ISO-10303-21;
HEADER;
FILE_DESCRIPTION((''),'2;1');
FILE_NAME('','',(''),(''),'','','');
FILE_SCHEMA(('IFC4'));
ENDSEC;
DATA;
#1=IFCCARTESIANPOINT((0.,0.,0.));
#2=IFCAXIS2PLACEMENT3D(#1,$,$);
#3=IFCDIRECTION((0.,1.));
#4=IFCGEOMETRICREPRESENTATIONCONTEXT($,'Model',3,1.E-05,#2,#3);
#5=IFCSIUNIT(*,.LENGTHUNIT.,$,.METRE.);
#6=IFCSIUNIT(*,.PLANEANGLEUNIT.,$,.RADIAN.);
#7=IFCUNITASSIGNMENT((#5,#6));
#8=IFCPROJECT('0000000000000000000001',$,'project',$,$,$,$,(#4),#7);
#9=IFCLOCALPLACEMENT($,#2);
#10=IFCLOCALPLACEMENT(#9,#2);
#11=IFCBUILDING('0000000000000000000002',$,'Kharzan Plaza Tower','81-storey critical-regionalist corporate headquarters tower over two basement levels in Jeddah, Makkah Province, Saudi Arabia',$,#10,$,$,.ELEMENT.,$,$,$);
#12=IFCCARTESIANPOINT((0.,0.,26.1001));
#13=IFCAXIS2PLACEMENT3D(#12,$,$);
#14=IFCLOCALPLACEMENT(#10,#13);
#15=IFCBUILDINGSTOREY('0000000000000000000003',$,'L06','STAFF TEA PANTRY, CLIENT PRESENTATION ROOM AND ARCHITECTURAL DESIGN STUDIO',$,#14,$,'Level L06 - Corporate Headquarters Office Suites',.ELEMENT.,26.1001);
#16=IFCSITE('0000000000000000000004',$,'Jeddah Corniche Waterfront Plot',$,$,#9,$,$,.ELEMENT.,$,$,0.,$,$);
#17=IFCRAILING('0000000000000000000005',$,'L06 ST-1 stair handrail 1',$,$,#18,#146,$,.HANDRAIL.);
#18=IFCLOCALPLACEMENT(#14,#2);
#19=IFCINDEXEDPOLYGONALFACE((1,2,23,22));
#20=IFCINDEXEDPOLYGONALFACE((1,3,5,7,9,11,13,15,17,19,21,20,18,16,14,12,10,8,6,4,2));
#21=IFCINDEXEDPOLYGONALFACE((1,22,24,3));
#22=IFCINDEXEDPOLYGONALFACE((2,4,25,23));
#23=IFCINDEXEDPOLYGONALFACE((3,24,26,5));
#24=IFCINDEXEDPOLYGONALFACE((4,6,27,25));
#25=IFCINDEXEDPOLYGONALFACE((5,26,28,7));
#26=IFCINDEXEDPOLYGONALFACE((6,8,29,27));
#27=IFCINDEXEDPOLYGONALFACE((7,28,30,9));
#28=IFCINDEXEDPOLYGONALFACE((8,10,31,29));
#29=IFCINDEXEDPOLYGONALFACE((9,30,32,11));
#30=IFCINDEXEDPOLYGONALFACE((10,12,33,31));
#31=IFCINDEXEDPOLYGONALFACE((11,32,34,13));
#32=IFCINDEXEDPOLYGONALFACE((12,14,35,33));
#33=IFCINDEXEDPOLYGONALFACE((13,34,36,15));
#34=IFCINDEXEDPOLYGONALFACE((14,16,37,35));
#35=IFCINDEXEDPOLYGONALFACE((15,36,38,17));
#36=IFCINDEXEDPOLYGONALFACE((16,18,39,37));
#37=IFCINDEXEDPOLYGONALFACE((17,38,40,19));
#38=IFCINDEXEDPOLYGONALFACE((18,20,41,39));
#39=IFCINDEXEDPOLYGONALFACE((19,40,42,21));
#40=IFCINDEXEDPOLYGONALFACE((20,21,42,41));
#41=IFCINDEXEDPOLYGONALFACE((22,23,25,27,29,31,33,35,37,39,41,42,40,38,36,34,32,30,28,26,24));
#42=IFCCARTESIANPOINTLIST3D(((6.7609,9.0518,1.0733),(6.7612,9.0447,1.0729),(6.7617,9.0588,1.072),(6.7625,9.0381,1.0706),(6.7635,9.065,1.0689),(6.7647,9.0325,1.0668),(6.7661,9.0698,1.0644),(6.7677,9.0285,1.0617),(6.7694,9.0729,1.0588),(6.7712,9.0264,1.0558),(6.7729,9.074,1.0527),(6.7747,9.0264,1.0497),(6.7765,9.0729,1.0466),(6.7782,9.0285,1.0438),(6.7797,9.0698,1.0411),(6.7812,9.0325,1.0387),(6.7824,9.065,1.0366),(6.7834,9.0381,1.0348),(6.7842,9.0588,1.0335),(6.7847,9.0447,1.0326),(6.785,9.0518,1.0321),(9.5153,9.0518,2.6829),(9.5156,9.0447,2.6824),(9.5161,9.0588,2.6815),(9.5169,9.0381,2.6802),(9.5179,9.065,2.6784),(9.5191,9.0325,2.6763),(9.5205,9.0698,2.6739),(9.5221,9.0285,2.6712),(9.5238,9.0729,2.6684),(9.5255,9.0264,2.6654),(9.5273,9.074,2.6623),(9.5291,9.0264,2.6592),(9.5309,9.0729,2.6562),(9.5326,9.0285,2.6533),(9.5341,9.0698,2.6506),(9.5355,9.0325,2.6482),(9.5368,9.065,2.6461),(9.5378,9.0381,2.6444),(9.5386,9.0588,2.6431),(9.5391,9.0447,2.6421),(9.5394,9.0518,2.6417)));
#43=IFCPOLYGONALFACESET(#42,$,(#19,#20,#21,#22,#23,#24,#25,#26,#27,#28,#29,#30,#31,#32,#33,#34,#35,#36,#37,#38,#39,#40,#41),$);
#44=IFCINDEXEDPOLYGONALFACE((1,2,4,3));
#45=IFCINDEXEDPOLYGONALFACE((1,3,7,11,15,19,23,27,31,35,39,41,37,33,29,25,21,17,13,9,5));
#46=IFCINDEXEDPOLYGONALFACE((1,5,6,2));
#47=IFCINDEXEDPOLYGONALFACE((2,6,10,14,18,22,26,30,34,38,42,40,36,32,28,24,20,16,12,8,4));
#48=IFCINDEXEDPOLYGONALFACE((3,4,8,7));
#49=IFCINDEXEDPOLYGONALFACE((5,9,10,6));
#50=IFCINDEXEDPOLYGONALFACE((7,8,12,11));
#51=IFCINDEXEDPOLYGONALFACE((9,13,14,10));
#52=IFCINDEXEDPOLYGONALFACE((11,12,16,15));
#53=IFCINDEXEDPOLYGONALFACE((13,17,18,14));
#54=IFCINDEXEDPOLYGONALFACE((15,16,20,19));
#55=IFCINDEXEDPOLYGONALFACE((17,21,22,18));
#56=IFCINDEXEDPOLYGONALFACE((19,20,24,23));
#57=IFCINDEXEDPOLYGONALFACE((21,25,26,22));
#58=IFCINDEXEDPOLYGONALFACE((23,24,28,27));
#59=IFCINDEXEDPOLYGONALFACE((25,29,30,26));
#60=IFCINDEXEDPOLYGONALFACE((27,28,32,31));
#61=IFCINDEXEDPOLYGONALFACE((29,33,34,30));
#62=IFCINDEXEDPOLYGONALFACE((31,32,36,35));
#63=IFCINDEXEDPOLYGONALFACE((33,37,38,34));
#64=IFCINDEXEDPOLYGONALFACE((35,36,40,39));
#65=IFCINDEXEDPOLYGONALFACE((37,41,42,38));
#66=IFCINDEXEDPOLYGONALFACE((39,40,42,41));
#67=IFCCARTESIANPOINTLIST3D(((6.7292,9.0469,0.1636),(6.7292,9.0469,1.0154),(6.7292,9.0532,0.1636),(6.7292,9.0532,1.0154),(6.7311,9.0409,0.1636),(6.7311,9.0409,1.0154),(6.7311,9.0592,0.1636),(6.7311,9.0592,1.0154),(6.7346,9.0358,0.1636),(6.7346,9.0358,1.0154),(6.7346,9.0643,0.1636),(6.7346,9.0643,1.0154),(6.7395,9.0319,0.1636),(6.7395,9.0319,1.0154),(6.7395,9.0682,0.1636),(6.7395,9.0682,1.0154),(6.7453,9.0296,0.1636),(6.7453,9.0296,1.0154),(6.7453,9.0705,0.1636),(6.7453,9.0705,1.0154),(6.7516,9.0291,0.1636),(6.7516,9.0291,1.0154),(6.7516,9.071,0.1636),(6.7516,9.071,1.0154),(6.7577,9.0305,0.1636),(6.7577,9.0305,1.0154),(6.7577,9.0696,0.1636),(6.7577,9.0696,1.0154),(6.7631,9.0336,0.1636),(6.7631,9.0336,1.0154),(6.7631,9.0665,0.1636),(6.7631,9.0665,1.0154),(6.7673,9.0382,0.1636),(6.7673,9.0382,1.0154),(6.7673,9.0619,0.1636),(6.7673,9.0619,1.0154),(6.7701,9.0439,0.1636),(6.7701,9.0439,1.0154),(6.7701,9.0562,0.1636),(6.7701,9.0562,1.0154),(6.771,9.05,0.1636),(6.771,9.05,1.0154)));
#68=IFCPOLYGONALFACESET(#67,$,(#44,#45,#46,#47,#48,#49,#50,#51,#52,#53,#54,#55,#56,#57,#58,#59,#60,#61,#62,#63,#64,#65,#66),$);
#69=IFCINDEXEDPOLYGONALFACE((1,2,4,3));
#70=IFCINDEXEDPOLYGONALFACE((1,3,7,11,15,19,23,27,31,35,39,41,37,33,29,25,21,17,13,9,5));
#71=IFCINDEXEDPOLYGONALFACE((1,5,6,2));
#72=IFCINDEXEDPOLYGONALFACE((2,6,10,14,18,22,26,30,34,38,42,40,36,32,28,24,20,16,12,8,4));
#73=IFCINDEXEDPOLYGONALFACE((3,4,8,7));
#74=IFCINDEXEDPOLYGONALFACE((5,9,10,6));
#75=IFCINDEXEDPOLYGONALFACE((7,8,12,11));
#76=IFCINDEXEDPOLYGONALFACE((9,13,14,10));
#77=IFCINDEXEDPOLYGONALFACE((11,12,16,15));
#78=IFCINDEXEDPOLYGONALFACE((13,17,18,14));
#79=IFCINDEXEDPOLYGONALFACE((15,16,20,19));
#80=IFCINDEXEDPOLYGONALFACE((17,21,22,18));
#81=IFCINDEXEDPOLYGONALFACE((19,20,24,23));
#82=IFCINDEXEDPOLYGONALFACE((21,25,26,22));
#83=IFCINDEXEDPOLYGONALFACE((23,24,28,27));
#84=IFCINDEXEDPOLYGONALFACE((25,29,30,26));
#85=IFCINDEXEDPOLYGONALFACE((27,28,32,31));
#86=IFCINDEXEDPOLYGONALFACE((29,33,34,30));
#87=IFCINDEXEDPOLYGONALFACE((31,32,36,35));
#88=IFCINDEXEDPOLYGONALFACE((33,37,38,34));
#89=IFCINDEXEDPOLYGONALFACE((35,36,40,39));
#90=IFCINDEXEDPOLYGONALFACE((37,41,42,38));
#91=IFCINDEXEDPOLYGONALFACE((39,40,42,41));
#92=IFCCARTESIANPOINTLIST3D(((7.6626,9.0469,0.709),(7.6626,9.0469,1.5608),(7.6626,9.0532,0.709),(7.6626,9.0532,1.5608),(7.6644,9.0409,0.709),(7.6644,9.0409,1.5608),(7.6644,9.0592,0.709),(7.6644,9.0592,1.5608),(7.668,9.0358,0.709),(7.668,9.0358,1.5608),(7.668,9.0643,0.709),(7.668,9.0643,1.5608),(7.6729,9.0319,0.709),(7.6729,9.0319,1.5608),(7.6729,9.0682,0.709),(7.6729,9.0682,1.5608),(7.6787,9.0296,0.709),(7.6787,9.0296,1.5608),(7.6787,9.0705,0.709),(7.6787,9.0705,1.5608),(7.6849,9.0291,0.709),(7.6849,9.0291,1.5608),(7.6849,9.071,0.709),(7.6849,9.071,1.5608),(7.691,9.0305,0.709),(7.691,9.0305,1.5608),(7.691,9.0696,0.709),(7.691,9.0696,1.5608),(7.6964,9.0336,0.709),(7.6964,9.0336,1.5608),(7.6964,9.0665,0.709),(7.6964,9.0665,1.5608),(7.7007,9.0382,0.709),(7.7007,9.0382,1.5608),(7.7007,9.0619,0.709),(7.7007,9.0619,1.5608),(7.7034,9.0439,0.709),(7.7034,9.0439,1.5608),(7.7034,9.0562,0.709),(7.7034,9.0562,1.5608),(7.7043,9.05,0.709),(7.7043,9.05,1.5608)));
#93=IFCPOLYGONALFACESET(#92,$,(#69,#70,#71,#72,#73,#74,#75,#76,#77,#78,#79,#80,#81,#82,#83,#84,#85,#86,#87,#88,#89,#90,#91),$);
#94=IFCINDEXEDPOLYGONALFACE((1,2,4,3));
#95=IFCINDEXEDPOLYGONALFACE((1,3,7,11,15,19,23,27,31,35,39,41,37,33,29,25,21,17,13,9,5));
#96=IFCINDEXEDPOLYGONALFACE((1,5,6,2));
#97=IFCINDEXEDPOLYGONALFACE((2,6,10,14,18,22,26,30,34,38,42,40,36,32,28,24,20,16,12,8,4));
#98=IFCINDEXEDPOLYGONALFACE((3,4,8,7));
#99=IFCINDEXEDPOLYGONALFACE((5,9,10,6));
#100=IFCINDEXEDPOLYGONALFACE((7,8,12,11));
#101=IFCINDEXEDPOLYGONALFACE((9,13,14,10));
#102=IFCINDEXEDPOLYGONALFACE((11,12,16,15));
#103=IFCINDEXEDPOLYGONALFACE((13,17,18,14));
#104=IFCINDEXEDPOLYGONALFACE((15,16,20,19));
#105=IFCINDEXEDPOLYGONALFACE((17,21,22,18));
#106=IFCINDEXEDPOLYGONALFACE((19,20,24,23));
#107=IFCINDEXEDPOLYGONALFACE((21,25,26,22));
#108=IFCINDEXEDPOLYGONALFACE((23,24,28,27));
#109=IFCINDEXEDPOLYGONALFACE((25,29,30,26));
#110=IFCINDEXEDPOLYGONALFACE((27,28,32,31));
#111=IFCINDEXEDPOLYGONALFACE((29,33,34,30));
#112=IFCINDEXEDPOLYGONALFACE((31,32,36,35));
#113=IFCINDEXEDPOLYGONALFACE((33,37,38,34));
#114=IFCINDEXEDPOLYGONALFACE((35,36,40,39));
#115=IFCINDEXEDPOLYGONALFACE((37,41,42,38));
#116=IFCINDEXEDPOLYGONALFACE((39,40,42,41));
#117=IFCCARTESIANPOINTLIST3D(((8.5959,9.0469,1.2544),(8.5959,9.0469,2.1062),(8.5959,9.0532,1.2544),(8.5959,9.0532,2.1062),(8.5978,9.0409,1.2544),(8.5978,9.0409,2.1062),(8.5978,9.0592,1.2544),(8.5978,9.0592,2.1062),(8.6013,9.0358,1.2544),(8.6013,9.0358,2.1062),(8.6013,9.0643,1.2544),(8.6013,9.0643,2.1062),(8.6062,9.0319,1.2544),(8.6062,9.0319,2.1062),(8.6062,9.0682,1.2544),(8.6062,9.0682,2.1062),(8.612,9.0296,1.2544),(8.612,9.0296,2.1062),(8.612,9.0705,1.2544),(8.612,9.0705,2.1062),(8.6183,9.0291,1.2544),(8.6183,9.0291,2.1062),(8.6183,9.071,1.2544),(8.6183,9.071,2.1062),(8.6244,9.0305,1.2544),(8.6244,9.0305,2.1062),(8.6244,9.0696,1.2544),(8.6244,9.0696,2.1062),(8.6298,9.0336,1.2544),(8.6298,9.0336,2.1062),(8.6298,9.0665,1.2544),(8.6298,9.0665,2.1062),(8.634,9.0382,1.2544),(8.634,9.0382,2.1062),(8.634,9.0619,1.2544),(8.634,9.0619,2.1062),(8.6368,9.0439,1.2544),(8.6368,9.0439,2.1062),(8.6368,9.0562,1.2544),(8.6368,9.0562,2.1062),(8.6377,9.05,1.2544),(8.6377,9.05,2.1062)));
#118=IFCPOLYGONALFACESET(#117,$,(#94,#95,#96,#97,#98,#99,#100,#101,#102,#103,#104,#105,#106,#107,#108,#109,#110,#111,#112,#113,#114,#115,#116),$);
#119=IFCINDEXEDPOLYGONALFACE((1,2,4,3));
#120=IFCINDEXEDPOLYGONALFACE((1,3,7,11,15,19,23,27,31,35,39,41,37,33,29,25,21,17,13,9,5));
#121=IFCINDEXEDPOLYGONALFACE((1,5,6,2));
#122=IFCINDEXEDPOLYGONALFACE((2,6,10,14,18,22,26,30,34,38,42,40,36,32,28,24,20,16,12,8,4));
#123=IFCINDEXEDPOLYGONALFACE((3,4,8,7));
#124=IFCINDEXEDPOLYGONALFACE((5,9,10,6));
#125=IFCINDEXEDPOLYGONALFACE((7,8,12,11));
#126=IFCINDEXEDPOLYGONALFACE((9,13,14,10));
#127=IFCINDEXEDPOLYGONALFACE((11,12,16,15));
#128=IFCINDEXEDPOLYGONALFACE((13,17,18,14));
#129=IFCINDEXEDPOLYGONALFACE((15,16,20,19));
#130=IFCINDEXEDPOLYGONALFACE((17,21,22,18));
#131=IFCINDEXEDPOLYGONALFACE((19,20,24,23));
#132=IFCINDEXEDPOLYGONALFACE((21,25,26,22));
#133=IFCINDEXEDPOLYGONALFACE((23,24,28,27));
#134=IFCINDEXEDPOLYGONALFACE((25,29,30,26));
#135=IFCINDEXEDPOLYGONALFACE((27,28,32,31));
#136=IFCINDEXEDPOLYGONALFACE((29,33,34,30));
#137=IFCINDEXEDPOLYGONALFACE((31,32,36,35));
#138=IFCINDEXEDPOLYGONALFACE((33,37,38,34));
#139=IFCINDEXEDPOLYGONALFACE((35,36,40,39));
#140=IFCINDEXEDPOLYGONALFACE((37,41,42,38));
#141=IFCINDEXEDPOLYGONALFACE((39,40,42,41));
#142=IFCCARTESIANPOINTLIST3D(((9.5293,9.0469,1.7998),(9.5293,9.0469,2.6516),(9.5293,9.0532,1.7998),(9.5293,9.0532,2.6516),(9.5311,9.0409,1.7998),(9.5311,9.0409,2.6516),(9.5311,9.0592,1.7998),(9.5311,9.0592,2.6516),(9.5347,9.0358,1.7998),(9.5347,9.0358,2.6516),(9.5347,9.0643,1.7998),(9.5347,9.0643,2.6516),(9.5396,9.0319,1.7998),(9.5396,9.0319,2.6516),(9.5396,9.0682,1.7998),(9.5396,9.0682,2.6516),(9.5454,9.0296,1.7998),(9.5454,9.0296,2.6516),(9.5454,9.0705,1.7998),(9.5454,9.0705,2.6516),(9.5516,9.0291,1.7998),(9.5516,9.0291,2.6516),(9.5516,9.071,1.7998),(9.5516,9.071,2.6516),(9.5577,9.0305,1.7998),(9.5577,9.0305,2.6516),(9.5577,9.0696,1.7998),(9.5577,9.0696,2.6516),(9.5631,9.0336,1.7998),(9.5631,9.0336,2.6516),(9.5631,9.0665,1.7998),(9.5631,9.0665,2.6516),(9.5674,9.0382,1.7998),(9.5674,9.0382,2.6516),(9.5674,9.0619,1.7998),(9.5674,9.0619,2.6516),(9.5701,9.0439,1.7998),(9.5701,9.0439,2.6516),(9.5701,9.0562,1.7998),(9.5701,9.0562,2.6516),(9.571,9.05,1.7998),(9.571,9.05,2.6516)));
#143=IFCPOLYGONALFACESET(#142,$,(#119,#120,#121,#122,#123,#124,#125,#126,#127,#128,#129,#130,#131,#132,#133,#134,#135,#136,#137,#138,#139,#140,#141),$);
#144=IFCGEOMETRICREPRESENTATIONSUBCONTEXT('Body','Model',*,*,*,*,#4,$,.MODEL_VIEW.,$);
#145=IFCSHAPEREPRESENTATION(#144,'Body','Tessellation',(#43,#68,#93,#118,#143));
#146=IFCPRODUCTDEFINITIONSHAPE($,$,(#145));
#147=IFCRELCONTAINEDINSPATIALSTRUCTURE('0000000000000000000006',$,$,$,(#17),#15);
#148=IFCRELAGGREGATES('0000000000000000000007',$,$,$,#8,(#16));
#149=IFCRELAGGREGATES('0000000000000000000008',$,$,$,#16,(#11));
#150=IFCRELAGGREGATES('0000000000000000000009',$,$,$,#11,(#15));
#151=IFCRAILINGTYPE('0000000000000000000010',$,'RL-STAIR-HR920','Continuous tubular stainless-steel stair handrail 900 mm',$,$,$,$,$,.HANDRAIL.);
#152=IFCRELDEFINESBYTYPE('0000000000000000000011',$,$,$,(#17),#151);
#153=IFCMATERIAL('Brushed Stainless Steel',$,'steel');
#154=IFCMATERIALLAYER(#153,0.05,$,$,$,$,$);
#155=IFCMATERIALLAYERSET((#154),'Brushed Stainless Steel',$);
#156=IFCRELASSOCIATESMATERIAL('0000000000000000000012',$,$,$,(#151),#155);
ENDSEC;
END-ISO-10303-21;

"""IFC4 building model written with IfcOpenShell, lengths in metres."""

from ifc_helpers import new_model, si_unit, direction, frame, origin, origin_2d, place, context, subcontext, project, spatial, circle, extrude, source, transform, mapped, material, layer, layer_set, type_object, element, save


model = new_model("IFC4")

# Units and contexts
model_context = context("Model", 3, precision=1e-05, world=origin(), true_north=direction((0.0, 1.0)))
body_context = subcontext(model_context, "Body", "Model", "MODEL_VIEW")
ifc_project = project(units=[si_unit("LENGTHUNIT", "METRE"), si_unit("PLANEANGLEUNIT", "RADIAN")], contexts=[model_context])

# Site, building, storey
site_placement = place(None, origin())
site = spatial("IfcSite", under=ifc_project, at=site_placement, Name="Jeddah Corniche Waterfront Plot", CompositionType="ELEMENT", RefElevation=0.0)
building_placement = place(site_placement, origin())
building = spatial("IfcBuilding", under=site, at=building_placement, Name="Kharzan Plaza Tower", Description="81-storey critical-regionalist corporate headquarters tower over two basement levels in Jeddah, Makkah Province, Saudi Arabia", CompositionType="ELEMENT")
storey_placement = place(building_placement, frame((0.0, 0.0, 26.1001)))
storey = spatial("IfcBuildingStorey", under=building, at=storey_placement, Name="L06", Description="STAFF TEA PANTRY, CLIENT PRESENTATION ROOM AND ARCHITECTURAL DESIGN STUDIO", LongName="Level L06 - Corporate Headquarters Office Suites", CompositionType="ELEMENT", Elevation=26.1001)

# Railing
ifc_material_1 = material(Name="Brushed Stainless Steel", Category="steel")
ifc_layer_1 = layer(ifc_material_1, 0.05)
ifc_layer_set_1 = layer_set([ifc_layer_1], Name="Brushed Stainless Steel")
railing_type_1 = type_object("IfcRailingType", Name="RL-STAIR-HR920", Description="Continuous tubular stainless-steel stair handrail 900 mm", PredefinedType="HANDRAIL", material=ifc_layer_set_1)
shared_shape_1 = source(origin(), body_context, "Body", "SweptSolid", [
    extrude(circle(Radius=0.0239, at=origin_2d()), frame((0.0229, 0.0, 0.8892), z_axis=(0.863394, 0.0, 0.504531), x_axis=(0.0, 1.0, 0.0)), (0.0, 0.0, 1.0), 3.1902),
    extrude(circle(Radius=0.021, at=origin_2d()), origin(), (0.0, 0.0, 1.0), 0.8518),
    extrude(circle(Radius=0.021, at=origin_2d()), frame((0.9333, 0.0, 0.5454)), (0.0, 0.0, 1.0), 0.8518),
    extrude(circle(Radius=0.021, at=origin_2d()), frame((1.8667, 0.0, 1.0908)), (0.0, 0.0, 1.0), 0.8518),
    extrude(circle(Radius=0.021, at=origin_2d()), frame((2.8, 0.0, 1.6362)), (0.0, 0.0, 1.0), 0.8518),
])
railing_1_placement = place(storey_placement, frame((6.75, 9.05, 0.1636)))
element("IfcRailing", 1, at=railing_1_placement, inside=storey, type_object=railing_type_1, Name="L06 ST-1 stair handrail 1", PredefinedType="HANDRAIL", context=body_context, shape_type="MappedRepresentation", body=[
    mapped(shared_shape_1, transform((0.0, 0.0, 0.0), x_axis=(1.0, 0.0, 0.0), y_axis=(0.0, 1.0, 0.0), z_axis=(0.0, 0.0, 1.0))),
])

save(model, "model.ifc")
